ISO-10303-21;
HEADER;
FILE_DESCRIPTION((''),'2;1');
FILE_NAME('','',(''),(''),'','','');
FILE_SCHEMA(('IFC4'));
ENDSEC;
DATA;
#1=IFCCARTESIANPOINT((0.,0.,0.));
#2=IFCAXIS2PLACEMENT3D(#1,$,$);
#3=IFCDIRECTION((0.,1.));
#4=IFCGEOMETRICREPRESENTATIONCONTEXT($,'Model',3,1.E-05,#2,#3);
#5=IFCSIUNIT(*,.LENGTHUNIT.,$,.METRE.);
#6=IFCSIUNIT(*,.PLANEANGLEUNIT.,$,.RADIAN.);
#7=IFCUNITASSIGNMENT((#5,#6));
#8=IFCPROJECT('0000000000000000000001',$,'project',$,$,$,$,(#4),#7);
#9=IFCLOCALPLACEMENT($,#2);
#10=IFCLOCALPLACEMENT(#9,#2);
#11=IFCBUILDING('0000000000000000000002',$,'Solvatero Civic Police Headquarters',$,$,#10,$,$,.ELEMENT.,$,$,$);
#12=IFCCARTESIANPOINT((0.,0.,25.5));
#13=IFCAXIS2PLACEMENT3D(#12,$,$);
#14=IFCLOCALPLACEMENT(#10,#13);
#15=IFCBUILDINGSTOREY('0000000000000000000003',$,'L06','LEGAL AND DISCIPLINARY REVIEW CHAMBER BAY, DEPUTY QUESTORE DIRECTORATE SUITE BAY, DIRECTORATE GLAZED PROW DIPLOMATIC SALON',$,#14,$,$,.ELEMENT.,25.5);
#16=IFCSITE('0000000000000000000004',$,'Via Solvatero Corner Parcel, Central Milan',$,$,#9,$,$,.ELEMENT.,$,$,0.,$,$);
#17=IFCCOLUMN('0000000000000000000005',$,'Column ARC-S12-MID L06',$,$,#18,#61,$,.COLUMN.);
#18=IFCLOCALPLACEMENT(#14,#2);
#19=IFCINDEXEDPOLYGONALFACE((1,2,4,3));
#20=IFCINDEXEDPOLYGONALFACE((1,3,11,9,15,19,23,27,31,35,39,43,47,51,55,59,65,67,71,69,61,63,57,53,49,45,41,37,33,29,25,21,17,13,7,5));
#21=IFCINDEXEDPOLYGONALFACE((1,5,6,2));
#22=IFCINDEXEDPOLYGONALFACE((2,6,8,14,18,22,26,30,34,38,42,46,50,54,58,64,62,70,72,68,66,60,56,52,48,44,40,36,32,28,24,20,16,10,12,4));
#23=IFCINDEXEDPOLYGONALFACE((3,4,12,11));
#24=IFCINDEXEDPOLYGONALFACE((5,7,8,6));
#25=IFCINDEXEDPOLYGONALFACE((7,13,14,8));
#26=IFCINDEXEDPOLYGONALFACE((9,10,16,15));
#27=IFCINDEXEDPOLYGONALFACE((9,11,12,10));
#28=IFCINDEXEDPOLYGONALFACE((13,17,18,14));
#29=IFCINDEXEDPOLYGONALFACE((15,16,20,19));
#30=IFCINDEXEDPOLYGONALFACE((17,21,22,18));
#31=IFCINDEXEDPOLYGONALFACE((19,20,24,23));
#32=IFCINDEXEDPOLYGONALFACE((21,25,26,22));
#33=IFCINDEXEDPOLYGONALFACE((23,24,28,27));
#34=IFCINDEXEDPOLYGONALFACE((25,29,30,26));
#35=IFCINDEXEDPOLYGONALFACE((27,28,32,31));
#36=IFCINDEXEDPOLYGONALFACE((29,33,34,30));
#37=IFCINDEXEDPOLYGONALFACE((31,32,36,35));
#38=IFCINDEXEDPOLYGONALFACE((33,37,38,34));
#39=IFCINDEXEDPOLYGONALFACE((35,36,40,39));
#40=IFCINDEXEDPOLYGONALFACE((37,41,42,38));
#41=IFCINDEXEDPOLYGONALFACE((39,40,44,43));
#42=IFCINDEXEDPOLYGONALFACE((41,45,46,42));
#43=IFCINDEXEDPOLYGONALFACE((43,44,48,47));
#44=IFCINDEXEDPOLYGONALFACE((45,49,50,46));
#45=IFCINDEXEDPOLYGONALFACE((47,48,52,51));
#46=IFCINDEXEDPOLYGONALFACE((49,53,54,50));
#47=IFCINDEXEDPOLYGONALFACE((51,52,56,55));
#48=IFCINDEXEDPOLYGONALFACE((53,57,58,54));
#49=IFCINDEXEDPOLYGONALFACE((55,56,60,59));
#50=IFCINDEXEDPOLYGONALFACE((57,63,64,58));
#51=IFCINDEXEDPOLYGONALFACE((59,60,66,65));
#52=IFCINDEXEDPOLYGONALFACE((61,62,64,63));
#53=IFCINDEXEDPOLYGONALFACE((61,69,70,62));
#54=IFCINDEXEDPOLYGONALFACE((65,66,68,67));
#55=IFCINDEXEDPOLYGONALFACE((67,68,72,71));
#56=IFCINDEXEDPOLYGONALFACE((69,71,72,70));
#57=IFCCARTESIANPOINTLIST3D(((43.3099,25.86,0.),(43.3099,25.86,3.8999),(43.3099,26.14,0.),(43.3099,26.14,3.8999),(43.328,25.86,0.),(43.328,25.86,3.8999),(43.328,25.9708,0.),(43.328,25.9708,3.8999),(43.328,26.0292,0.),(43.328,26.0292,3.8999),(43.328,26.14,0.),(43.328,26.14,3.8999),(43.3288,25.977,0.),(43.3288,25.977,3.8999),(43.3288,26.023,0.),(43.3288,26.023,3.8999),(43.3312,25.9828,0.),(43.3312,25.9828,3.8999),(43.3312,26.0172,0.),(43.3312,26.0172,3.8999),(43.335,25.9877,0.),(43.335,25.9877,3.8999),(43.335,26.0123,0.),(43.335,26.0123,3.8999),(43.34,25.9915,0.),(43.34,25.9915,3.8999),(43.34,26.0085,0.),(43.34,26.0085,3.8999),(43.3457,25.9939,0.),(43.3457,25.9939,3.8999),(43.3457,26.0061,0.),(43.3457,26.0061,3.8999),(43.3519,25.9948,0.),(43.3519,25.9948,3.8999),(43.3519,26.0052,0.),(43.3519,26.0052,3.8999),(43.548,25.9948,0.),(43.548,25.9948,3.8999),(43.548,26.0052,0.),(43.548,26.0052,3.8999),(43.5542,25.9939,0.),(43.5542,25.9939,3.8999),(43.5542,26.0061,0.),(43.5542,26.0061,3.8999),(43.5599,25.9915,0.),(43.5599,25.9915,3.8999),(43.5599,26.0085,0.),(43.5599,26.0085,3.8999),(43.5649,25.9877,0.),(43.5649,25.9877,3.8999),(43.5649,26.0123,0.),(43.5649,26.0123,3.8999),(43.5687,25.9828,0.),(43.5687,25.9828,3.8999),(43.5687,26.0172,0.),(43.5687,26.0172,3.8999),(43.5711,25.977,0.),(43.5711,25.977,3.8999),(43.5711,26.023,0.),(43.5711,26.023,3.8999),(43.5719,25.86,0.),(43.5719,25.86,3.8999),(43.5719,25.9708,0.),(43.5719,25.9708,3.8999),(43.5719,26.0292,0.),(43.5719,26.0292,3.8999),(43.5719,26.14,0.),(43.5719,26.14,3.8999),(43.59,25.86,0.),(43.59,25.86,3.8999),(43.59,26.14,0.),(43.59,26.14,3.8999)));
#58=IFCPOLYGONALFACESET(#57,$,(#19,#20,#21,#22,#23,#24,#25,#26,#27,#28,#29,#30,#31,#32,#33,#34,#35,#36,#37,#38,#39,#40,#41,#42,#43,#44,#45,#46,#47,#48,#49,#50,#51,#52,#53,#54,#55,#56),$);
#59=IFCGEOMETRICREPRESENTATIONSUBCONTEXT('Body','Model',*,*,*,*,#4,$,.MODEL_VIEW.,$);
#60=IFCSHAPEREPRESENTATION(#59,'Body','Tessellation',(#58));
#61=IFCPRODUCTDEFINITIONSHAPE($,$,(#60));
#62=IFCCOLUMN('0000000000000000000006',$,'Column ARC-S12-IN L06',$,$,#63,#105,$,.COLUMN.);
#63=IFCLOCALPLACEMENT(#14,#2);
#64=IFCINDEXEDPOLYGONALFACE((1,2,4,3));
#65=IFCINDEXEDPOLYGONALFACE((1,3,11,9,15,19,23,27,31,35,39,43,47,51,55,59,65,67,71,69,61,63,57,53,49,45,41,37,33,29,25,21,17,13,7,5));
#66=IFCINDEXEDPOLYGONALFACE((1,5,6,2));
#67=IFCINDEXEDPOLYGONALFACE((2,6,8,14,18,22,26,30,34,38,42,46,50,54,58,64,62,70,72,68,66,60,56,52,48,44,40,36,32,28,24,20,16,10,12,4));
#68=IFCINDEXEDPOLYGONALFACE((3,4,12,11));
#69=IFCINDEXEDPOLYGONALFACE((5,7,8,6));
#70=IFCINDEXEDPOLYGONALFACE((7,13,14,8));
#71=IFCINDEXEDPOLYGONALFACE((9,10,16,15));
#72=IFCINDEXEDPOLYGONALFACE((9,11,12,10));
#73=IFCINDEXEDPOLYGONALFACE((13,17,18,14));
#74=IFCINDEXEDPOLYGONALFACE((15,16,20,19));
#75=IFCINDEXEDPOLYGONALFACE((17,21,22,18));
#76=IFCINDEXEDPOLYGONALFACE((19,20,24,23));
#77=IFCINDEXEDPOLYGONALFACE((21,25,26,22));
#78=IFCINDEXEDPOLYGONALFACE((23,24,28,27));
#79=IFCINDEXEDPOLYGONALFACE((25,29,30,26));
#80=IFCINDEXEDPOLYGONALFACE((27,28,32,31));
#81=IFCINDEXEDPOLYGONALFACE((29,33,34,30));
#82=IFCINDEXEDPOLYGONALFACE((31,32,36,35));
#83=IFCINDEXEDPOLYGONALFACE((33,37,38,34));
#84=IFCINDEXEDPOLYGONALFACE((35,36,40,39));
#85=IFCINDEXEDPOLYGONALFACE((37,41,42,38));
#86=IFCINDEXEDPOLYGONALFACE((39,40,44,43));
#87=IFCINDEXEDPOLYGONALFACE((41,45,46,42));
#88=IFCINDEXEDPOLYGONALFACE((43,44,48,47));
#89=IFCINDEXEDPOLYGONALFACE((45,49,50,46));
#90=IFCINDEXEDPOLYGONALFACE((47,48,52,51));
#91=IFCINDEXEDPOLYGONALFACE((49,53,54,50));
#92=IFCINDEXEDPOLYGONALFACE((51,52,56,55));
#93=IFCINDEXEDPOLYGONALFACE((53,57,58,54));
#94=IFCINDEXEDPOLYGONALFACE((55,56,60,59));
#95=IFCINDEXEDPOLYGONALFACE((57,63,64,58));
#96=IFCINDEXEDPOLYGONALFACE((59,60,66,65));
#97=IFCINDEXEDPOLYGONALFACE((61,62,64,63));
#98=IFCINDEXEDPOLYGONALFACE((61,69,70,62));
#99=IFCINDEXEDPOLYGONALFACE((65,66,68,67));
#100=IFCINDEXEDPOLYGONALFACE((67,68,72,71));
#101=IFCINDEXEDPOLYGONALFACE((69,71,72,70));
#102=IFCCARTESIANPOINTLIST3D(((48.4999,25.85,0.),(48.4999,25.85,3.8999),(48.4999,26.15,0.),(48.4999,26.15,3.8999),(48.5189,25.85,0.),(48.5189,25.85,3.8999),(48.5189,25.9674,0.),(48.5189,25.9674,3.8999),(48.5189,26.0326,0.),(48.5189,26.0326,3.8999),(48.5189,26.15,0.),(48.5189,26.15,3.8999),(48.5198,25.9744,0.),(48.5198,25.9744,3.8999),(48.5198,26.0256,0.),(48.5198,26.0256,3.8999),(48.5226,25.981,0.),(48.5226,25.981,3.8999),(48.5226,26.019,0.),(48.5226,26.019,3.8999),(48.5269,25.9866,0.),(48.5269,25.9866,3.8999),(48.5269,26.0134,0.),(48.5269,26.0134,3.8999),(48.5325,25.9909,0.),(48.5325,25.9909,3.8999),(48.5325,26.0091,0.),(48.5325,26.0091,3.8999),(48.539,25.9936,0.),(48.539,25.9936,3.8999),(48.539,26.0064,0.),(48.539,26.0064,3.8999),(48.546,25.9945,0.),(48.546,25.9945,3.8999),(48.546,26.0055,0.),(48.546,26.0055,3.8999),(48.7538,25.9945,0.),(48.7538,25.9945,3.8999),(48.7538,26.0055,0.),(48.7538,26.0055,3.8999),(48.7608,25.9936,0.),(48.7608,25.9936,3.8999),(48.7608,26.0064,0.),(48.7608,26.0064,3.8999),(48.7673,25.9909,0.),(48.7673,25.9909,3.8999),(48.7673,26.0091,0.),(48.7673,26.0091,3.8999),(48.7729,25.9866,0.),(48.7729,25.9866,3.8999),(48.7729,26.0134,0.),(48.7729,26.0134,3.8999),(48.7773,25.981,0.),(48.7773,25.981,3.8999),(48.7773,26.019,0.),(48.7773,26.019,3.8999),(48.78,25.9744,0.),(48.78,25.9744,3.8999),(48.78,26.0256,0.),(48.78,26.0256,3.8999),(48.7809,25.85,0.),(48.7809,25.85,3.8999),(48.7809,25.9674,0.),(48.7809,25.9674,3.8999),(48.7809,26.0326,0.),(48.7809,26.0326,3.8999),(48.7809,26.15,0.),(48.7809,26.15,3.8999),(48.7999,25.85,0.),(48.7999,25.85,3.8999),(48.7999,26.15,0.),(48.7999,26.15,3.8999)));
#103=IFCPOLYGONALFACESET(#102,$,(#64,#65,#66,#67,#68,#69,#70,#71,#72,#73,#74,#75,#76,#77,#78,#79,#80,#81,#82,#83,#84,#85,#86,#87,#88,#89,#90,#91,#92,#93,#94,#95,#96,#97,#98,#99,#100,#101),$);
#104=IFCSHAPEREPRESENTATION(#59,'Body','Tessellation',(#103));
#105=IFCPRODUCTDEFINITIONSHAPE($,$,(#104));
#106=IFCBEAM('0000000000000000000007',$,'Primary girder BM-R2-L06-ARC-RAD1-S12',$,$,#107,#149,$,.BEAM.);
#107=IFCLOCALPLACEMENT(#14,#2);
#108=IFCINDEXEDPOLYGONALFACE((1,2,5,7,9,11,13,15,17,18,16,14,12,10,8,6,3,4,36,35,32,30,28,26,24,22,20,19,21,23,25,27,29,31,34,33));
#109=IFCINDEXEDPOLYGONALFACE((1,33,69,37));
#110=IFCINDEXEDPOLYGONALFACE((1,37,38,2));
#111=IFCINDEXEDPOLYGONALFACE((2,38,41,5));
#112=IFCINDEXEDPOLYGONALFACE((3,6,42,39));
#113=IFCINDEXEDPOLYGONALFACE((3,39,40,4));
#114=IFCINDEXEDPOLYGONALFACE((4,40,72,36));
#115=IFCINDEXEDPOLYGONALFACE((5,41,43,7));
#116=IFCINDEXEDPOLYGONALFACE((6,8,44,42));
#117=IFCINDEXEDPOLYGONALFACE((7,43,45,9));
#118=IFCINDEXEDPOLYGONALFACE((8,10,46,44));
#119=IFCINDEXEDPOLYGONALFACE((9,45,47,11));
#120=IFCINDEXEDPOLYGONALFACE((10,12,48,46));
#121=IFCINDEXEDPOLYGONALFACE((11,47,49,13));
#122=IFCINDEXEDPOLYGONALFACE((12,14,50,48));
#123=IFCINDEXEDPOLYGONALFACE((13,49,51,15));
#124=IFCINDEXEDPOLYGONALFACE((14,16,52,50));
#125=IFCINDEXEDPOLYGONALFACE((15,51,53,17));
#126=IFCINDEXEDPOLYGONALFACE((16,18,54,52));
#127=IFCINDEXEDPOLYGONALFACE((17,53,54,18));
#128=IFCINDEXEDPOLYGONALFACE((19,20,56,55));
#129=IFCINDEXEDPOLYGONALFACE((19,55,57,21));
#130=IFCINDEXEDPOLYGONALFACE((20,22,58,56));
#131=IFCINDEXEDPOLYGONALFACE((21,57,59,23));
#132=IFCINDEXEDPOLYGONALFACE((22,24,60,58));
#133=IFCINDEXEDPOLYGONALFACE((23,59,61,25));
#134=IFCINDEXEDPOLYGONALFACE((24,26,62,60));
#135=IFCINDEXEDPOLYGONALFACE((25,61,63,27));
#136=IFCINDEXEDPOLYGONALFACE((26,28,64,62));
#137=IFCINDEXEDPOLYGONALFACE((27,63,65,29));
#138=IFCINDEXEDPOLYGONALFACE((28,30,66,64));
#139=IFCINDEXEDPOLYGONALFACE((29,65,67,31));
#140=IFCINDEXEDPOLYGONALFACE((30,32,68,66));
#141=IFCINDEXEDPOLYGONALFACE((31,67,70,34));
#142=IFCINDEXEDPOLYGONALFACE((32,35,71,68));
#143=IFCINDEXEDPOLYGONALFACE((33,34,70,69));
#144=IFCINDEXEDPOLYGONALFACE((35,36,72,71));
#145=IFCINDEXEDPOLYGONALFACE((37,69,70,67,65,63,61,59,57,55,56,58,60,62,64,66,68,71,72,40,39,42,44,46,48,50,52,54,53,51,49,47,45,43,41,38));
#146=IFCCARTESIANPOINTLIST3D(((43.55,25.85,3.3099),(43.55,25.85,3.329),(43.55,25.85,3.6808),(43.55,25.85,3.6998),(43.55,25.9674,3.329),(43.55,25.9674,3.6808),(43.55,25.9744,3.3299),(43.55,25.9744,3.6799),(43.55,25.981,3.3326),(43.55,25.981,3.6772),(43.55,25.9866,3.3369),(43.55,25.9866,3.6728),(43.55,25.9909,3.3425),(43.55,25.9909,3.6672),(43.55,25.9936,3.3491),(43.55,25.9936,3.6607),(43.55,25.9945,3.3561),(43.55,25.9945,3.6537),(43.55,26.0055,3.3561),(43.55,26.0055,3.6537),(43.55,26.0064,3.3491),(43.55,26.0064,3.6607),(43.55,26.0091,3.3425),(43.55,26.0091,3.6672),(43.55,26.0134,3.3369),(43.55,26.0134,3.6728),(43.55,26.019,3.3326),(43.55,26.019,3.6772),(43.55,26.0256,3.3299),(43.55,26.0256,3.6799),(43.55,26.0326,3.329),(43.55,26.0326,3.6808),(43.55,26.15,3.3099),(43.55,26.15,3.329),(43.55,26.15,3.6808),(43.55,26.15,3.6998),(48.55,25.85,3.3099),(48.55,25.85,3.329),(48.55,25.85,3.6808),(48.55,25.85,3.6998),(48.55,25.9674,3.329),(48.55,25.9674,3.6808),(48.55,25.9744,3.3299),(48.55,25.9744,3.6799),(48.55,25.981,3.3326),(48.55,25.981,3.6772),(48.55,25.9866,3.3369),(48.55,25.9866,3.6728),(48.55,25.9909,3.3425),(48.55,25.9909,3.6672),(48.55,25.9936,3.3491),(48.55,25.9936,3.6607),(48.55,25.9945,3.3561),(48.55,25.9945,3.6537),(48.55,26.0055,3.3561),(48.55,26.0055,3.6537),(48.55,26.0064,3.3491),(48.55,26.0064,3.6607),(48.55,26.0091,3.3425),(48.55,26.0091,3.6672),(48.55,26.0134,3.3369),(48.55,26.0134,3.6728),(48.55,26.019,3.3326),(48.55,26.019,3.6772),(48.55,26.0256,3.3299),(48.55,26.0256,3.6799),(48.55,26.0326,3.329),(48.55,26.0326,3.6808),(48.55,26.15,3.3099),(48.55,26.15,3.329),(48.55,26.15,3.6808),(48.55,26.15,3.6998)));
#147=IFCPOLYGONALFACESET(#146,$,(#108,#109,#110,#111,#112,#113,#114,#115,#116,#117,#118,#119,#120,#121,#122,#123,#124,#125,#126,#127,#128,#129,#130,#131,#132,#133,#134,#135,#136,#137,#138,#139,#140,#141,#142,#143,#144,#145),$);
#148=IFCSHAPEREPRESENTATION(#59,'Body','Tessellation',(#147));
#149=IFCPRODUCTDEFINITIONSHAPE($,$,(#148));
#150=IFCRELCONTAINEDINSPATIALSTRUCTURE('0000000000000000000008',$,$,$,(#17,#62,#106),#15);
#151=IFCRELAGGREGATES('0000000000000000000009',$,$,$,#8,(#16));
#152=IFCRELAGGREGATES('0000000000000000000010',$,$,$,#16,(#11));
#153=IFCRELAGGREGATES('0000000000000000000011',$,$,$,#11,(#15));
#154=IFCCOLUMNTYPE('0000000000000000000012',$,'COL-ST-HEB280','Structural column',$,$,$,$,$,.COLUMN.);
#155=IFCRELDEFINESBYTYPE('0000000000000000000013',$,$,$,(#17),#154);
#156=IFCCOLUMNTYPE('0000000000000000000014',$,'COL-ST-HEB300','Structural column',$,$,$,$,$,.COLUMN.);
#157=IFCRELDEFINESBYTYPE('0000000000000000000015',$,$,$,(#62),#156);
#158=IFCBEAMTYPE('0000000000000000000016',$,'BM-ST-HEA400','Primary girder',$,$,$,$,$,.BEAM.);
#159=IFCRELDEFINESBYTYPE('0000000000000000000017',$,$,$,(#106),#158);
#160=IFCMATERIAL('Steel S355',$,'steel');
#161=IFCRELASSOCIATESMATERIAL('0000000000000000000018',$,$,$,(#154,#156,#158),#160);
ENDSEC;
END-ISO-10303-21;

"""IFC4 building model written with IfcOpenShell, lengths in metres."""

from ifc_helpers import new_model, si_unit, direction, frame, origin, origin_2d, place, context, subcontext, project, spatial, i_section, extrude, material, material_profile, profile_set, type_object, element, save


model = new_model("IFC4")

# Units and contexts
model_context = context("Model", 3, precision=1e-05, world=origin(), true_north=direction((0.0, 1.0)))
body_context = subcontext(model_context, "Body", "Model", "MODEL_VIEW")
ifc_project = project(units=[si_unit("LENGTHUNIT", "METRE"), si_unit("PLANEANGLEUNIT", "RADIAN")], contexts=[model_context])

# Site, building, storey
site_placement = place(None, origin())
site = spatial("IfcSite", under=ifc_project, at=site_placement, Name="Via Solvatero Corner Parcel, Central Milan", CompositionType="ELEMENT", RefElevation=0.0)
building_placement = place(site_placement, origin())
building = spatial("IfcBuilding", under=site, at=building_placement, Name="Solvatero Civic Police Headquarters", CompositionType="ELEMENT")
storey_placement = place(building_placement, frame((0.0, 0.0, 25.5)))
storey = spatial("IfcBuildingStorey", under=building, at=storey_placement, Name="L06", Description="LEGAL AND DISCIPLINARY REVIEW CHAMBER BAY, DEPUTY QUESTORE DIRECTORATE SUITE BAY, DIRECTORATE GLAZED PROW DIPLOMATIC SALON", CompositionType="ELEMENT", Elevation=25.5)

# Columns
ifc_material_1 = material(Name="Steel S355", Category="steel")
ifc_material_profile_1 = material_profile(ifc_material_1, i_section(OverallWidth=0.28, OverallDepth=0.28, WebThickness=0.0105, FlangeThickness=0.0181, FilletRadius=0.0239, at=origin_2d()), Name="HEB 280")
ifc_profile_set_1 = profile_set([ifc_material_profile_1], Name="Steel S355")
column_type_1 = type_object("IfcColumnType", Name="COL-ST-HEB280", Description="Structural column", PredefinedType="COLUMN", material=ifc_profile_set_1)
column_1_placement = place(storey_placement, frame((43.45, 26.0, 0.0), z_axis=(0.0, 0.0, 1.0), x_axis=(0.0, 1.0, 0.0)))
element("IfcColumn", 1, at=column_1_placement, inside=storey, type_object=column_type_1, Name="Column ARC-S12-MID L06", PredefinedType="COLUMN", context=body_context, shape_type="SweptSolid", body=[
    extrude(i_section(OverallWidth=0.28, OverallDepth=0.28, WebThickness=0.0105, FlangeThickness=0.0181, FilletRadius=0.0239, at=origin_2d()), origin(), (0.0, 0.0, 1.0), 3.8999),
])
ifc_material_profile_2 = material_profile(ifc_material_1, i_section(OverallWidth=0.3, OverallDepth=0.3, WebThickness=0.011, FlangeThickness=0.019, FilletRadius=0.0271, at=origin_2d()), Name="HEB 300")
ifc_profile_set_2 = profile_set([ifc_material_profile_2], Name="Steel S355")
column_type_2 = type_object("IfcColumnType", Name="COL-ST-HEB300", Description="Structural column", PredefinedType="COLUMN", material=ifc_profile_set_2)
column_2_placement = place(storey_placement, frame((48.6499, 26.0, 0.0), z_axis=(0.0, 0.0, 1.0), x_axis=(0.0, 1.0, 0.0)))
element("IfcColumn", 2, at=column_2_placement, inside=storey, type_object=column_type_2, Name="Column ARC-S12-IN L06", PredefinedType="COLUMN", context=body_context, shape_type="SweptSolid", body=[
    extrude(i_section(OverallWidth=0.3, OverallDepth=0.3, WebThickness=0.011, FlangeThickness=0.019, FilletRadius=0.0271, at=origin_2d()), origin(), (0.0, 0.0, 1.0), 3.8999),
])

# Beam
ifc_material_profile_3 = material_profile(ifc_material_1, i_section(OverallWidth=0.3, OverallDepth=0.3899, WebThickness=0.011, FlangeThickness=0.019, FilletRadius=0.0271, at=origin_2d()), Name="HEA 400")
ifc_profile_set_3 = profile_set([ifc_material_profile_3], Name="Steel S355")
beam_type_1 = type_object("IfcBeamType", Name="BM-ST-HEA400", Description="Primary girder", PredefinedType="BEAM", material=ifc_profile_set_3)
beam_1_placement = place(storey_placement, frame((48.55, 26.0, 3.5049), z_axis=(-1.0, 0.0, 0.0), x_axis=(0.0, -1.0, 0.0)))
element("IfcBeam", 3, at=beam_1_placement, inside=storey, type_object=beam_type_1, Name="Primary girder BM-R2-L06-ARC-RAD1-S12", PredefinedType="BEAM", context=body_context, shape_type="SweptSolid", body=[
    extrude(i_section(OverallWidth=0.3, OverallDepth=0.3899, WebThickness=0.011, FlangeThickness=0.019, FilletRadius=0.0271, at=origin_2d()), origin(), (0.0, 0.0, 1.0), 5.0),
])

save(model, "model.ifc")
